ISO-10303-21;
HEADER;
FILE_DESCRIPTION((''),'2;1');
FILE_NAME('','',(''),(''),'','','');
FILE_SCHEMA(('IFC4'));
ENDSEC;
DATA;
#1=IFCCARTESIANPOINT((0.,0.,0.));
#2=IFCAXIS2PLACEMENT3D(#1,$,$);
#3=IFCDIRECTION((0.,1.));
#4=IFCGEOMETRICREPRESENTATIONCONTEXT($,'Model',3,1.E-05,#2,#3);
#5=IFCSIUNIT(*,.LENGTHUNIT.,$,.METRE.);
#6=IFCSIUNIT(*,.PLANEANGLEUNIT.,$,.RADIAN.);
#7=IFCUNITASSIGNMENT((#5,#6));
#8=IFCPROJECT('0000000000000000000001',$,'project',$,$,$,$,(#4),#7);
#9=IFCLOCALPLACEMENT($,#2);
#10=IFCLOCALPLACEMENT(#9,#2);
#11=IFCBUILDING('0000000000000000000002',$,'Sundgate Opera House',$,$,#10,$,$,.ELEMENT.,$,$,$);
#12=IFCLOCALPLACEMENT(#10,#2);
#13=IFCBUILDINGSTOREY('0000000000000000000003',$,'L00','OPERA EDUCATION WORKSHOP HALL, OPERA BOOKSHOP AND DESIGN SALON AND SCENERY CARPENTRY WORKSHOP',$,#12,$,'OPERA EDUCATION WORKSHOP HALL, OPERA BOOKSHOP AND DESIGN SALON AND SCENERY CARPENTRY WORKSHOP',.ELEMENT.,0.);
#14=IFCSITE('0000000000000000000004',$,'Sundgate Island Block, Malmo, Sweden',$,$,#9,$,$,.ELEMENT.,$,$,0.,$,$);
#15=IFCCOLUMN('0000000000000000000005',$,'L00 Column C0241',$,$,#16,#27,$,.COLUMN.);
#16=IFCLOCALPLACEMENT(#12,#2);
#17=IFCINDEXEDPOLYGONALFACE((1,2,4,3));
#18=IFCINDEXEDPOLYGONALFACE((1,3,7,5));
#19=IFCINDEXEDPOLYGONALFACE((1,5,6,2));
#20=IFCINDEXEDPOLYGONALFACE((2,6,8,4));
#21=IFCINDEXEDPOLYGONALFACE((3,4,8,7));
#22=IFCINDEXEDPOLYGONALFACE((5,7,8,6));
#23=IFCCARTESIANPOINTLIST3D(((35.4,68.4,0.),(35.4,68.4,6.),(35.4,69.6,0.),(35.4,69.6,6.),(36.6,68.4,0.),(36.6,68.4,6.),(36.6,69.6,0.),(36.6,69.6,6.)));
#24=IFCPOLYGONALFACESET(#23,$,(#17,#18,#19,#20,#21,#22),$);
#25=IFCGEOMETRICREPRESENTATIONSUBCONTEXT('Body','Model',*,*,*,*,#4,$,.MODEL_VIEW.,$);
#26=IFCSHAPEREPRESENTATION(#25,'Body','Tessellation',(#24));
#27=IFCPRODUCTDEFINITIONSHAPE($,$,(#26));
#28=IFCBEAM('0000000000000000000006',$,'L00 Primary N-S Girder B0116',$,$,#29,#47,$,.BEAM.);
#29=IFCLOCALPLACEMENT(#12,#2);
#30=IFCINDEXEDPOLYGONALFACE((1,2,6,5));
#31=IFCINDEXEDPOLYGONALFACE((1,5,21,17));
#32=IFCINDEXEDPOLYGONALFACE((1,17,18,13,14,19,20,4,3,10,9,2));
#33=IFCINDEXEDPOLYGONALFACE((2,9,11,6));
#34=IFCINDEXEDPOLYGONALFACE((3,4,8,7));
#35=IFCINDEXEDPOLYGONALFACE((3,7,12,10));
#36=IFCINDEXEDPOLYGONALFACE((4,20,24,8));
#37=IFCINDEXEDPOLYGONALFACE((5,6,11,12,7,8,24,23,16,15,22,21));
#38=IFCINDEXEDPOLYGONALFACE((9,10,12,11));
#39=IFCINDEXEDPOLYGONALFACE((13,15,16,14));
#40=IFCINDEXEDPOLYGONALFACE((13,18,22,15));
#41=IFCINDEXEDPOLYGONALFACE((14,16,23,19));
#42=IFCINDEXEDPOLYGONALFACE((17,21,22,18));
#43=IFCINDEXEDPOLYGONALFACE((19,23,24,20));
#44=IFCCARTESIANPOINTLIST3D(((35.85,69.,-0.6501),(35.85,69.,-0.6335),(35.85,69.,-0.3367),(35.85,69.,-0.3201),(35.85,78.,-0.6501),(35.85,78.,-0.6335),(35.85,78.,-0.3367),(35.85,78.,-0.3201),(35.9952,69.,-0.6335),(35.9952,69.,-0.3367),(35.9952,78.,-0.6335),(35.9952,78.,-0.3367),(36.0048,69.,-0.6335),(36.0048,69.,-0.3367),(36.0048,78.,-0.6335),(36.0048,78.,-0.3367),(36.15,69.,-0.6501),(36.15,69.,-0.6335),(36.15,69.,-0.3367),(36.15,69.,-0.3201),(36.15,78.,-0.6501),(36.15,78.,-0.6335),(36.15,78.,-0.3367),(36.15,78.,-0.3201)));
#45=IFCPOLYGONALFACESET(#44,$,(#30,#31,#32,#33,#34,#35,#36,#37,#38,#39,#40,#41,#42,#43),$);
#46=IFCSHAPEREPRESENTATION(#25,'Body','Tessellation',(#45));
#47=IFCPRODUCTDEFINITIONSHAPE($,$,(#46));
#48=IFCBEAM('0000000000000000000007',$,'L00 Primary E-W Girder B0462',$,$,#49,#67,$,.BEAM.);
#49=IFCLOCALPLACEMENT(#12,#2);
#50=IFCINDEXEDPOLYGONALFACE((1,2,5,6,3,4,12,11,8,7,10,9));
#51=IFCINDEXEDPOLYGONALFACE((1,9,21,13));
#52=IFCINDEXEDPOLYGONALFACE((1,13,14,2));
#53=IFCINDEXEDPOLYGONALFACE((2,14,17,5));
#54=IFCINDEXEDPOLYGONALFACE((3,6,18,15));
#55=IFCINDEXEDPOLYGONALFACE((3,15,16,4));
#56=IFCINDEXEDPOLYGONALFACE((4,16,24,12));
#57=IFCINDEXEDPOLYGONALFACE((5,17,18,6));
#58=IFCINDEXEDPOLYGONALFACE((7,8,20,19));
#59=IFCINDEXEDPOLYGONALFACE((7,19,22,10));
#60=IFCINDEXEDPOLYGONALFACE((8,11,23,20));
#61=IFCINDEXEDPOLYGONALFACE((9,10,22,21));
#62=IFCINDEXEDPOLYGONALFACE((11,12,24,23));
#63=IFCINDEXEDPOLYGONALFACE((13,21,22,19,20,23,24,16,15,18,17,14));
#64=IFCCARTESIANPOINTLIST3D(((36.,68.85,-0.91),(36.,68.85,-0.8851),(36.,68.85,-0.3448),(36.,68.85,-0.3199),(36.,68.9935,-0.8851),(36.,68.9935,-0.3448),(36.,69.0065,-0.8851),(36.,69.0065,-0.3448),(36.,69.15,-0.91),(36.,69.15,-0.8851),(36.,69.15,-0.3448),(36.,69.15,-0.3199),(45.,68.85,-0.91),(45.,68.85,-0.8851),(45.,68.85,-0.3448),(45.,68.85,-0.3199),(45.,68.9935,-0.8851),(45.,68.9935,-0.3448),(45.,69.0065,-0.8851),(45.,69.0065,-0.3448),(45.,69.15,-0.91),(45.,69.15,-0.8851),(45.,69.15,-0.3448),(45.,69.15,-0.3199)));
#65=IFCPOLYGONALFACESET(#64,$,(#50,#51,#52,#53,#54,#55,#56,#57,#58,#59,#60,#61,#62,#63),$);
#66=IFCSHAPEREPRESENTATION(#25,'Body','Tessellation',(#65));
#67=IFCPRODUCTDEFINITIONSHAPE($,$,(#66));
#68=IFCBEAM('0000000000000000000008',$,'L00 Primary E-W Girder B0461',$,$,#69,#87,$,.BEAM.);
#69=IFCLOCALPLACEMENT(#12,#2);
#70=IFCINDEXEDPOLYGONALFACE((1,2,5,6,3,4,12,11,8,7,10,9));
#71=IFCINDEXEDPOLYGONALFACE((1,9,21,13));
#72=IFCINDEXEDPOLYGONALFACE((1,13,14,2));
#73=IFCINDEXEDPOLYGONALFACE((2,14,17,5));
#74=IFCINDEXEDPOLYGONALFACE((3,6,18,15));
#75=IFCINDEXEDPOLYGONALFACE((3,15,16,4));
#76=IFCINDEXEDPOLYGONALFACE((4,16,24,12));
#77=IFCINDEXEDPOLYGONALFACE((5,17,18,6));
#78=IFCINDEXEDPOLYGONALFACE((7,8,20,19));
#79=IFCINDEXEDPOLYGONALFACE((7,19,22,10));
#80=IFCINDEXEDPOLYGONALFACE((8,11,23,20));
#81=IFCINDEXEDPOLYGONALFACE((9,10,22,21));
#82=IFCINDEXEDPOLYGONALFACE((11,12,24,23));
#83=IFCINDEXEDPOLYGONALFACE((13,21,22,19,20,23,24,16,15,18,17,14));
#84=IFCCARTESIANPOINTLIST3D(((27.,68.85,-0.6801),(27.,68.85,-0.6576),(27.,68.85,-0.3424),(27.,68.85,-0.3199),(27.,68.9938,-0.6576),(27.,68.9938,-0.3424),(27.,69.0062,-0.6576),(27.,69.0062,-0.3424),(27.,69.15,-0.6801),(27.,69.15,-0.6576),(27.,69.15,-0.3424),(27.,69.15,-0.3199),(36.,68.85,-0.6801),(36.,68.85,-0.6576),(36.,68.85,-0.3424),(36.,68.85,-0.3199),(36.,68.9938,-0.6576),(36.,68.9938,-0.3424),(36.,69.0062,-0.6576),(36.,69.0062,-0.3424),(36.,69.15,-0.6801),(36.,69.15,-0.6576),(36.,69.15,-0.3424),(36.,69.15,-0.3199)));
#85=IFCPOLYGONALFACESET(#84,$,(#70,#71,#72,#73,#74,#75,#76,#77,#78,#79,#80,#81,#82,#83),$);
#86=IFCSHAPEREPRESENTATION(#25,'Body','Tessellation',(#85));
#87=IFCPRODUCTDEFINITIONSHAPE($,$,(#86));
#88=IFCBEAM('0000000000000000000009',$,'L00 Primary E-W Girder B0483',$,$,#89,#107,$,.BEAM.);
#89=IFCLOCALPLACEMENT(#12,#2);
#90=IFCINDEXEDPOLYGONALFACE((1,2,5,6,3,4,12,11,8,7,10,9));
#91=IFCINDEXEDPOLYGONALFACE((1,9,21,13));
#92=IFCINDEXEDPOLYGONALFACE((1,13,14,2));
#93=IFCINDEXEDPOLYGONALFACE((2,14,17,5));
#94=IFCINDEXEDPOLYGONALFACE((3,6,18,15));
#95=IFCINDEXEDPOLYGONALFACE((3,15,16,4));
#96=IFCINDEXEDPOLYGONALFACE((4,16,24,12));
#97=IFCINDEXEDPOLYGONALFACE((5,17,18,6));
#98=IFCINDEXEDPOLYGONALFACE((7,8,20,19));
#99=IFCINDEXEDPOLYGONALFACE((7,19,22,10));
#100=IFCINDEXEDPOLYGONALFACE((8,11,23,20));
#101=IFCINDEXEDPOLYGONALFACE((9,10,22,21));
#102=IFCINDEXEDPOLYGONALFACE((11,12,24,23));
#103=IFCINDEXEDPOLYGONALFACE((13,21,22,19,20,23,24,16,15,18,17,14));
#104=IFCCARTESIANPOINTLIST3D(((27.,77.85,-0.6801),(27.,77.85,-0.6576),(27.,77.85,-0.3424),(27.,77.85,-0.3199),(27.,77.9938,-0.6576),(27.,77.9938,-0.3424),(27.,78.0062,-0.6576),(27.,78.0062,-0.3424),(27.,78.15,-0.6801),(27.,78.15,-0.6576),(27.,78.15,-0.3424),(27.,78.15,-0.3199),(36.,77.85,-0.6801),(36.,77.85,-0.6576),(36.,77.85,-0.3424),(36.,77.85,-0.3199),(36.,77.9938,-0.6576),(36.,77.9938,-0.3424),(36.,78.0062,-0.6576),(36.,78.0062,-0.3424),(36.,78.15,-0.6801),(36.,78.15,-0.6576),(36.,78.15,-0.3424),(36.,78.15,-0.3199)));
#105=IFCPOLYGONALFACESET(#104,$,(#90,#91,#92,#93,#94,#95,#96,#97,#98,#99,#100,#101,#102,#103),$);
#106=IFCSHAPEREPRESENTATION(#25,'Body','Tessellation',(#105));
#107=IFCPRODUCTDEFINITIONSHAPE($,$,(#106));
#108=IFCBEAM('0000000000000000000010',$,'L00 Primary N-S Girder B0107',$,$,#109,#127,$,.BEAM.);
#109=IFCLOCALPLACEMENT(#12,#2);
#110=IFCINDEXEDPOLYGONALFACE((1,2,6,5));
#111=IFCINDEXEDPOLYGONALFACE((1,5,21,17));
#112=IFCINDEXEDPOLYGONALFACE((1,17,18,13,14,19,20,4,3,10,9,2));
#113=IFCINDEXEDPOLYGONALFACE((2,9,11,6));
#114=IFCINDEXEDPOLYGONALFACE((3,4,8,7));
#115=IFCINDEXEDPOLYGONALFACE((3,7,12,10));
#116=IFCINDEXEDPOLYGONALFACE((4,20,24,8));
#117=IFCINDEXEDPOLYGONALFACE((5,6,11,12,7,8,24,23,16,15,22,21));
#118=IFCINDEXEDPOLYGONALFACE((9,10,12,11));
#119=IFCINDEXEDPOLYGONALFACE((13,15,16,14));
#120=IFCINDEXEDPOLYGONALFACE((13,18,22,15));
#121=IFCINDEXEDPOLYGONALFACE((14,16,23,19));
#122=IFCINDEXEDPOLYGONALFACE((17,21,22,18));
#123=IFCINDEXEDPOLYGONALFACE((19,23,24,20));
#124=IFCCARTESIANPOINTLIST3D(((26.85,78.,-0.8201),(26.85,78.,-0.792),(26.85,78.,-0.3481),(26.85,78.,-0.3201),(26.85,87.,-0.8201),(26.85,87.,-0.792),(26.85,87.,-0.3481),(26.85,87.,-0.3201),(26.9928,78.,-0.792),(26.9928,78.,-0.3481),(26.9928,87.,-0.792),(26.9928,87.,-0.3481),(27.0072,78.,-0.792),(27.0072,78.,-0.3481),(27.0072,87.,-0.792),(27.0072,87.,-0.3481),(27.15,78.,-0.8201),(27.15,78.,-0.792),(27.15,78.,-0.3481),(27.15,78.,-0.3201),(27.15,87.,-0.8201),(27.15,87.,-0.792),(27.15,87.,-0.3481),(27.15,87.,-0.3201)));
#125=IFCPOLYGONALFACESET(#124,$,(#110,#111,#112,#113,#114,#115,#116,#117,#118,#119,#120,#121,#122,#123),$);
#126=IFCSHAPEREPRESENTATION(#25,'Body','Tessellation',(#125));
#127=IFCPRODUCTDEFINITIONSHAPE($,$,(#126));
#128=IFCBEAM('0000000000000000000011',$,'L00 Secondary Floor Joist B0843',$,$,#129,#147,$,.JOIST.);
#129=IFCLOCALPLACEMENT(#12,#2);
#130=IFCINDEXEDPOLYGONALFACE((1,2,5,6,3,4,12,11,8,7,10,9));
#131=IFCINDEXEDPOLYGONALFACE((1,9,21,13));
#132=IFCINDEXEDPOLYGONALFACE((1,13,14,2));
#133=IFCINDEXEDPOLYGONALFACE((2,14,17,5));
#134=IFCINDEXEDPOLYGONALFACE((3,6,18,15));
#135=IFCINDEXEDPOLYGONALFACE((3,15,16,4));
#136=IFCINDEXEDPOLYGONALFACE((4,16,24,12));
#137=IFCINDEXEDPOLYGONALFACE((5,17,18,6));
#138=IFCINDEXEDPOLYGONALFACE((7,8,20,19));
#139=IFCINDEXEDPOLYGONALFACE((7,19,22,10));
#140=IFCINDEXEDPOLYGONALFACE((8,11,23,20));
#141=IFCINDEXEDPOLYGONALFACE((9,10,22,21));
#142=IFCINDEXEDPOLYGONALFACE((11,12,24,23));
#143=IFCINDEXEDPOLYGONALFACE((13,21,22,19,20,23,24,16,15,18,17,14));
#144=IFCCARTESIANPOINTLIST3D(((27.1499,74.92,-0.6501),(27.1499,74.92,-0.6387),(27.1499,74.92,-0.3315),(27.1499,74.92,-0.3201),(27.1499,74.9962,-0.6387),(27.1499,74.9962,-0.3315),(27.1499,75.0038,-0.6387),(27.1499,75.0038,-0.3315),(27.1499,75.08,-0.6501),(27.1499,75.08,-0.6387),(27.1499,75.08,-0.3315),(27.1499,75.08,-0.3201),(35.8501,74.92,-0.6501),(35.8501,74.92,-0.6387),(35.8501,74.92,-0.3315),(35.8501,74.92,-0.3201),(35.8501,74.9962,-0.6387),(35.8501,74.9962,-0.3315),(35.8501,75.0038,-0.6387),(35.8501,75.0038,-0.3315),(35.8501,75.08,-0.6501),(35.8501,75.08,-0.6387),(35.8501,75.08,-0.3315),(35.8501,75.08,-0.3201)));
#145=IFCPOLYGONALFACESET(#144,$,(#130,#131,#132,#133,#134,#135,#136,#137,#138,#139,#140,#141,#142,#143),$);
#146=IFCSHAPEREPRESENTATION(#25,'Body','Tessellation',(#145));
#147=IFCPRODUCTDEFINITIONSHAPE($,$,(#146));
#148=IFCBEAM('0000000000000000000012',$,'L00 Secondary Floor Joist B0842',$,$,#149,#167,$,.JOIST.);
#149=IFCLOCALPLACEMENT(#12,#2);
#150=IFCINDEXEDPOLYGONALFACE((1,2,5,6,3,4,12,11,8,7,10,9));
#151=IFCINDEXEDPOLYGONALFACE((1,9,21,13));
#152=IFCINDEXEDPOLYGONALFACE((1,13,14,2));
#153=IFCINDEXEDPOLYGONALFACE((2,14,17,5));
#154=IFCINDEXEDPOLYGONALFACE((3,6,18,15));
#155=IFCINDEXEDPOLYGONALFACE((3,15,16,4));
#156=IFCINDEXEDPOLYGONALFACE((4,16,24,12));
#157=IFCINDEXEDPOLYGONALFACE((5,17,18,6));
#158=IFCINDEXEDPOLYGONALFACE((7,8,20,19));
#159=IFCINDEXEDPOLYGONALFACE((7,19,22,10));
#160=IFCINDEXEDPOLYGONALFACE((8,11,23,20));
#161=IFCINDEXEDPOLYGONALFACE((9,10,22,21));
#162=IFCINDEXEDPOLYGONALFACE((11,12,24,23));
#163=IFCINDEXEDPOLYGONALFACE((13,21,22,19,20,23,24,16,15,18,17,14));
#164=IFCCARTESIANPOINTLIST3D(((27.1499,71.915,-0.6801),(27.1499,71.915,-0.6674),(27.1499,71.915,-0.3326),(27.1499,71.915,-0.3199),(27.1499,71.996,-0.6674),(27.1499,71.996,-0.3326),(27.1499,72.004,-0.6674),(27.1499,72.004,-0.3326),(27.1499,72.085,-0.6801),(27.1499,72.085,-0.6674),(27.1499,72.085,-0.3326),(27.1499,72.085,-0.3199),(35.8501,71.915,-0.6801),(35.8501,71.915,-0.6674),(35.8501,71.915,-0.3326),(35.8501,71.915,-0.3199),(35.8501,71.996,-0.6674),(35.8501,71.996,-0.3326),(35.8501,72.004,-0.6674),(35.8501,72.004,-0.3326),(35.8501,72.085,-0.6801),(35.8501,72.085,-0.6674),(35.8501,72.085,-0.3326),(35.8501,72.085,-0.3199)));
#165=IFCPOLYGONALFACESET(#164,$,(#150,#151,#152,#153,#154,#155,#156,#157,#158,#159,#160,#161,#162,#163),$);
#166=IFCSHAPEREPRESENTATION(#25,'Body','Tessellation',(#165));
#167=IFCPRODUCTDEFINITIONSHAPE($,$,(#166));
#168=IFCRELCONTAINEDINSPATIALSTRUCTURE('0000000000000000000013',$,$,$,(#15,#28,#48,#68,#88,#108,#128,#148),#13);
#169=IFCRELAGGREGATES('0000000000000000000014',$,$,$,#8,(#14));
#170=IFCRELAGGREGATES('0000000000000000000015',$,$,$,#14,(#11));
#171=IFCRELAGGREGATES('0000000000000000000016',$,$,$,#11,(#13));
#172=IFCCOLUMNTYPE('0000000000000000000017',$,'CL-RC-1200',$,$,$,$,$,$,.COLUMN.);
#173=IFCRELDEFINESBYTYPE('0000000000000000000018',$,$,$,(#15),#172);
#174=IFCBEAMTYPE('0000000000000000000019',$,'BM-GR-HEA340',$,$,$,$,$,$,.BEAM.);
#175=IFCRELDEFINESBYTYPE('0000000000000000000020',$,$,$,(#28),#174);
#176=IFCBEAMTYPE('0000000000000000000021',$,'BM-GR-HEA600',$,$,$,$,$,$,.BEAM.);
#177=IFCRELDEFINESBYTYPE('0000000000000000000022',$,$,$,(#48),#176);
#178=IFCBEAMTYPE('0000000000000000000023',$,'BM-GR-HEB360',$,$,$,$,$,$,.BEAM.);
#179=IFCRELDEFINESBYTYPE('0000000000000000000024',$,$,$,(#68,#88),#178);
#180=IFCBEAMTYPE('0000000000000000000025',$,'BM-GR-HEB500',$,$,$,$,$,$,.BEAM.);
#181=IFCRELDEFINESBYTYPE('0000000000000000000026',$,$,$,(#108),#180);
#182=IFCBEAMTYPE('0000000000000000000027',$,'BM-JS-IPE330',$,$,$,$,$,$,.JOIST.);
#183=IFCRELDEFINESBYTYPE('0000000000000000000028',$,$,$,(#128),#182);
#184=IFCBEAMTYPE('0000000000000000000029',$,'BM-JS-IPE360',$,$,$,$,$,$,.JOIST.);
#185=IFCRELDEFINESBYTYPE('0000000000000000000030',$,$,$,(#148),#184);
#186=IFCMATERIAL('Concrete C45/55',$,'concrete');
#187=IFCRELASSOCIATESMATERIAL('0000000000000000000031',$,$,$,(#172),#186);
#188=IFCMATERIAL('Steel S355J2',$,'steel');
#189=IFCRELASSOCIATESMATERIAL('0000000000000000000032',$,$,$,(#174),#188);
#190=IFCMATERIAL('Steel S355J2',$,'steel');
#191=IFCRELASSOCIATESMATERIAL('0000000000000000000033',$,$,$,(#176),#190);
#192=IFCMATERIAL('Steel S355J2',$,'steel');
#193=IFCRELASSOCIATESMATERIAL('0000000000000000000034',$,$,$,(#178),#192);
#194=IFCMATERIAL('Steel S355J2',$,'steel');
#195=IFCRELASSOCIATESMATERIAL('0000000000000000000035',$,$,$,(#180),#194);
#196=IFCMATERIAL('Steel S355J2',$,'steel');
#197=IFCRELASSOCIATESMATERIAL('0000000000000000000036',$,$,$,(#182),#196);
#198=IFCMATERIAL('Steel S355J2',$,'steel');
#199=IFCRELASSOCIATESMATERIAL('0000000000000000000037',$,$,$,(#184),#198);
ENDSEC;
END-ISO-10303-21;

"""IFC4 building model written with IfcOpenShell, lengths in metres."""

from ifc_helpers import new_model, si_unit, direction, frame, origin, origin_2d, place, context, subcontext, project, spatial, rectangle, i_section, extrude, material, material_profile, profile_set, type_object, element, save


model = new_model("IFC4")

# Units and contexts
model_context = context("Model", 3, precision=1e-05, world=origin(), true_north=direction((0.0, 1.0)))
body_context = subcontext(model_context, "Body", "Model", "MODEL_VIEW")
ifc_project = project(units=[si_unit("LENGTHUNIT", "METRE"), si_unit("PLANEANGLEUNIT", "RADIAN")], contexts=[model_context])

# Site, building, storey
site_placement = place(None, origin())
site = spatial("IfcSite", under=ifc_project, at=site_placement, Name="Sundgate Island Block, Malmo, Sweden", CompositionType="ELEMENT", RefElevation=0.0)
building_placement = place(site_placement, origin())
building = spatial("IfcBuilding", under=site, at=building_placement, Name="Sundgate Opera House", CompositionType="ELEMENT")
storey_placement = place(building_placement, origin())
storey = spatial("IfcBuildingStorey", under=building, at=storey_placement, Name="L00", Description="OPERA EDUCATION WORKSHOP HALL, OPERA BOOKSHOP AND DESIGN SALON AND SCENERY CARPENTRY WORKSHOP", LongName="OPERA EDUCATION WORKSHOP HALL, OPERA BOOKSHOP AND DESIGN SALON AND SCENERY CARPENTRY WORKSHOP", CompositionType="ELEMENT", Elevation=0.0)

# Column
ifc_material_1 = material(Name="Concrete C45/55", Category="concrete")
ifc_material_profile_1 = material_profile(ifc_material_1, rectangle(XDim=1.2, YDim=1.2, at=origin_2d()), Name="RC 1200x1200")
ifc_profile_set_1 = profile_set([ifc_material_profile_1], Name="Concrete C45/55")
column_type = type_object("IfcColumnType", Name="CL-RC-1200", PredefinedType="COLUMN", material=ifc_profile_set_1)
column_placement = place(storey_placement, frame((36.0, 69.0, 0.0), z_axis=(0.0, 0.0, 1.0), x_axis=(1.0, 0.0, 0.0)))
element("IfcColumn", 1, at=column_placement, inside=storey, type_object=column_type, Name="L00 Column C0241", PredefinedType="COLUMN", context=body_context, shape_type="SweptSolid", body=[
    extrude(rectangle(XDim=1.2, YDim=1.2, at=origin_2d()), origin(), (0.0, 0.0, 1.0), 6.0),
])

# Beams
ifc_material_2 = material(Name="Steel S355J2", Category="steel")
ifc_material_profile_2 = material_profile(ifc_material_2, i_section(OverallWidth=0.3, OverallDepth=0.3301, WebThickness=0.0095, FlangeThickness=0.0166, at=origin_2d()), Name="HEA 340")
ifc_profile_set_2 = profile_set([ifc_material_profile_2], Name="Steel S355J2")
beam_type_1 = type_object("IfcBeamType", Name="BM-GR-HEA340", PredefinedType="BEAM", material=ifc_profile_set_2)
beam_1_placement = place(storey_placement, frame((36.0, 69.0, -0.4851), z_axis=(0.0, 1.0, 0.0), x_axis=(-1.0, 0.0, 0.0)))
element("IfcBeam", 2, at=beam_1_placement, inside=storey, type_object=beam_type_1, Name="L00 Primary N-S Girder B0116", PredefinedType="BEAM", context=body_context, shape_type="SweptSolid", body=[
    extrude(i_section(OverallWidth=0.3, OverallDepth=0.3301, WebThickness=0.0095, FlangeThickness=0.0166, at=origin_2d()), origin(), (0.0, 0.0, 1.0), 9.0),
])
ifc_material_3 = material(Name="Steel S355J2", Category="steel")
ifc_material_profile_3 = material_profile(ifc_material_3, i_section(OverallWidth=0.3, OverallDepth=0.5901, WebThickness=0.0129, FlangeThickness=0.0249, at=origin_2d()), Name="HEA 600")
ifc_profile_set_3 = profile_set([ifc_material_profile_3], Name="Steel S355J2")
beam_type_2 = type_object("IfcBeamType", Name="BM-GR-HEA600", PredefinedType="BEAM", material=ifc_profile_set_3)
beam_2_placement = place(storey_placement, frame((36.0, 69.0, -0.615), z_axis=(1.0, 0.0, 0.0), x_axis=(0.0, 1.0, 0.0)))
element("IfcBeam", 3, at=beam_2_placement, inside=storey, type_object=beam_type_2, Name="L00 Primary E-W Girder B0462", PredefinedType="BEAM", context=body_context, shape_type="SweptSolid", body=[
    extrude(i_section(OverallWidth=0.3, OverallDepth=0.5901, WebThickness=0.0129, FlangeThickness=0.0249, at=origin_2d()), origin(), (0.0, 0.0, 1.0), 9.0),
])
ifc_material_4 = material(Name="Steel S355J2", Category="steel")
ifc_material_profile_4 = material_profile(ifc_material_4, i_section(OverallWidth=0.3, OverallDepth=0.3601, WebThickness=0.0125, FlangeThickness=0.0225, at=origin_2d()), Name="HEB 360")
ifc_profile_set_4 = profile_set([ifc_material_profile_4], Name="Steel S355J2")
beam_type_3 = type_object("IfcBeamType", Name="BM-GR-HEB360", PredefinedType="BEAM", material=ifc_profile_set_4)
for number, where, z_axis, x_axis, name in (
    (4, (27.0, 69.0, -0.5), (1.0, 0.0, 0.0), (0.0, 1.0, 0.0), "L00 Primary E-W Girder B0461"),
    (5, (27.0, 78.0, -0.5), (1.0, 0.0, 0.0), (0.0, 1.0, 0.0), "L00 Primary E-W Girder B0483"),
):
    element("IfcBeam", number, at=place(storey_placement, frame(where, z_axis=z_axis, x_axis=x_axis)), inside=storey, type_object=beam_type_3, Name=name, PredefinedType="BEAM", context=body_context, shape_type="SweptSolid", body=[
        extrude(i_section(OverallWidth=0.3, OverallDepth=0.3601, WebThickness=0.0125, FlangeThickness=0.0225, at=origin_2d()), origin(), (0.0, 0.0, 1.0), 9.0),
    ])
ifc_material_5 = material(Name="Steel S355J2", Category="steel")
ifc_material_profile_5 = material_profile(ifc_material_5, i_section(OverallWidth=0.3, OverallDepth=0.5, WebThickness=0.0144, FlangeThickness=0.0281, at=origin_2d()), Name="HEB 500")
ifc_profile_set_5 = profile_set([ifc_material_profile_5], Name="Steel S355J2")
beam_type_4 = type_object("IfcBeamType", Name="BM-GR-HEB500", PredefinedType="BEAM", material=ifc_profile_set_5)
beam_3_placement = place(storey_placement, frame((27.0, 78.0, -0.5701), z_axis=(0.0, 1.0, 0.0), x_axis=(-1.0, 0.0, 0.0)))
element("IfcBeam", 6, at=beam_3_placement, inside=storey, type_object=beam_type_4, Name="L00 Primary N-S Girder B0107", PredefinedType="BEAM", context=body_context, shape_type="SweptSolid", body=[
    extrude(i_section(OverallWidth=0.3, OverallDepth=0.5, WebThickness=0.0144, FlangeThickness=0.0281, at=origin_2d()), origin(), (0.0, 0.0, 1.0), 9.0),
])
ifc_material_6 = material(Name="Steel S355J2", Category="steel")
ifc_material_profile_6 = material_profile(ifc_material_6, i_section(OverallWidth=0.1599, OverallDepth=0.3301, WebThickness=0.0076, FlangeThickness=0.0115, at=origin_2d()), Name="IPE 330")
ifc_profile_set_6 = profile_set([ifc_material_profile_6], Name="Steel S355J2")
beam_type_5 = type_object("IfcBeamType", Name="BM-JS-IPE330", PredefinedType="JOIST", material=ifc_profile_set_6)
beam_4_placement = place(storey_placement, frame((27.1499, 75.0, -0.4851), z_axis=(1.0, 0.0, 0.0), x_axis=(0.0, 1.0, 0.0)))
element("IfcBeam", 7, at=beam_4_placement, inside=storey, type_object=beam_type_5, Name="L00 Secondary Floor Joist B0843", PredefinedType="JOIST", context=body_context, shape_type="SweptSolid", body=[
    extrude(i_section(OverallWidth=0.1599, OverallDepth=0.3301, WebThickness=0.0076, FlangeThickness=0.0115, at=origin_2d()), origin(), (0.0, 0.0, 1.0), 8.7002),
])
ifc_material_7 = material(Name="Steel S355J2", Category="steel")
ifc_material_profile_7 = material_profile(ifc_material_7, i_section(OverallWidth=0.1699, OverallDepth=0.3601, WebThickness=0.0081, FlangeThickness=0.0127, at=origin_2d()), Name="IPE 360")
ifc_profile_set_7 = profile_set([ifc_material_profile_7], Name="Steel S355J2")
beam_type_6 = type_object("IfcBeamType", Name="BM-JS-IPE360", PredefinedType="JOIST", material=ifc_profile_set_7)
beam_5_placement = place(storey_placement, frame((27.1499, 72.0, -0.5), z_axis=(1.0, 0.0, 0.0), x_axis=(0.0, 1.0, 0.0)))
element("IfcBeam", 8, at=beam_5_placement, inside=storey, type_object=beam_type_6, Name="L00 Secondary Floor Joist B0842", PredefinedType="JOIST", context=body_context, shape_type="SweptSolid", body=[
    extrude(i_section(OverallWidth=0.1699, OverallDepth=0.3601, WebThickness=0.0081, FlangeThickness=0.0127, at=origin_2d()), origin(), (0.0, 0.0, 1.0), 8.7002),
])

save(model, "model.ifc")
